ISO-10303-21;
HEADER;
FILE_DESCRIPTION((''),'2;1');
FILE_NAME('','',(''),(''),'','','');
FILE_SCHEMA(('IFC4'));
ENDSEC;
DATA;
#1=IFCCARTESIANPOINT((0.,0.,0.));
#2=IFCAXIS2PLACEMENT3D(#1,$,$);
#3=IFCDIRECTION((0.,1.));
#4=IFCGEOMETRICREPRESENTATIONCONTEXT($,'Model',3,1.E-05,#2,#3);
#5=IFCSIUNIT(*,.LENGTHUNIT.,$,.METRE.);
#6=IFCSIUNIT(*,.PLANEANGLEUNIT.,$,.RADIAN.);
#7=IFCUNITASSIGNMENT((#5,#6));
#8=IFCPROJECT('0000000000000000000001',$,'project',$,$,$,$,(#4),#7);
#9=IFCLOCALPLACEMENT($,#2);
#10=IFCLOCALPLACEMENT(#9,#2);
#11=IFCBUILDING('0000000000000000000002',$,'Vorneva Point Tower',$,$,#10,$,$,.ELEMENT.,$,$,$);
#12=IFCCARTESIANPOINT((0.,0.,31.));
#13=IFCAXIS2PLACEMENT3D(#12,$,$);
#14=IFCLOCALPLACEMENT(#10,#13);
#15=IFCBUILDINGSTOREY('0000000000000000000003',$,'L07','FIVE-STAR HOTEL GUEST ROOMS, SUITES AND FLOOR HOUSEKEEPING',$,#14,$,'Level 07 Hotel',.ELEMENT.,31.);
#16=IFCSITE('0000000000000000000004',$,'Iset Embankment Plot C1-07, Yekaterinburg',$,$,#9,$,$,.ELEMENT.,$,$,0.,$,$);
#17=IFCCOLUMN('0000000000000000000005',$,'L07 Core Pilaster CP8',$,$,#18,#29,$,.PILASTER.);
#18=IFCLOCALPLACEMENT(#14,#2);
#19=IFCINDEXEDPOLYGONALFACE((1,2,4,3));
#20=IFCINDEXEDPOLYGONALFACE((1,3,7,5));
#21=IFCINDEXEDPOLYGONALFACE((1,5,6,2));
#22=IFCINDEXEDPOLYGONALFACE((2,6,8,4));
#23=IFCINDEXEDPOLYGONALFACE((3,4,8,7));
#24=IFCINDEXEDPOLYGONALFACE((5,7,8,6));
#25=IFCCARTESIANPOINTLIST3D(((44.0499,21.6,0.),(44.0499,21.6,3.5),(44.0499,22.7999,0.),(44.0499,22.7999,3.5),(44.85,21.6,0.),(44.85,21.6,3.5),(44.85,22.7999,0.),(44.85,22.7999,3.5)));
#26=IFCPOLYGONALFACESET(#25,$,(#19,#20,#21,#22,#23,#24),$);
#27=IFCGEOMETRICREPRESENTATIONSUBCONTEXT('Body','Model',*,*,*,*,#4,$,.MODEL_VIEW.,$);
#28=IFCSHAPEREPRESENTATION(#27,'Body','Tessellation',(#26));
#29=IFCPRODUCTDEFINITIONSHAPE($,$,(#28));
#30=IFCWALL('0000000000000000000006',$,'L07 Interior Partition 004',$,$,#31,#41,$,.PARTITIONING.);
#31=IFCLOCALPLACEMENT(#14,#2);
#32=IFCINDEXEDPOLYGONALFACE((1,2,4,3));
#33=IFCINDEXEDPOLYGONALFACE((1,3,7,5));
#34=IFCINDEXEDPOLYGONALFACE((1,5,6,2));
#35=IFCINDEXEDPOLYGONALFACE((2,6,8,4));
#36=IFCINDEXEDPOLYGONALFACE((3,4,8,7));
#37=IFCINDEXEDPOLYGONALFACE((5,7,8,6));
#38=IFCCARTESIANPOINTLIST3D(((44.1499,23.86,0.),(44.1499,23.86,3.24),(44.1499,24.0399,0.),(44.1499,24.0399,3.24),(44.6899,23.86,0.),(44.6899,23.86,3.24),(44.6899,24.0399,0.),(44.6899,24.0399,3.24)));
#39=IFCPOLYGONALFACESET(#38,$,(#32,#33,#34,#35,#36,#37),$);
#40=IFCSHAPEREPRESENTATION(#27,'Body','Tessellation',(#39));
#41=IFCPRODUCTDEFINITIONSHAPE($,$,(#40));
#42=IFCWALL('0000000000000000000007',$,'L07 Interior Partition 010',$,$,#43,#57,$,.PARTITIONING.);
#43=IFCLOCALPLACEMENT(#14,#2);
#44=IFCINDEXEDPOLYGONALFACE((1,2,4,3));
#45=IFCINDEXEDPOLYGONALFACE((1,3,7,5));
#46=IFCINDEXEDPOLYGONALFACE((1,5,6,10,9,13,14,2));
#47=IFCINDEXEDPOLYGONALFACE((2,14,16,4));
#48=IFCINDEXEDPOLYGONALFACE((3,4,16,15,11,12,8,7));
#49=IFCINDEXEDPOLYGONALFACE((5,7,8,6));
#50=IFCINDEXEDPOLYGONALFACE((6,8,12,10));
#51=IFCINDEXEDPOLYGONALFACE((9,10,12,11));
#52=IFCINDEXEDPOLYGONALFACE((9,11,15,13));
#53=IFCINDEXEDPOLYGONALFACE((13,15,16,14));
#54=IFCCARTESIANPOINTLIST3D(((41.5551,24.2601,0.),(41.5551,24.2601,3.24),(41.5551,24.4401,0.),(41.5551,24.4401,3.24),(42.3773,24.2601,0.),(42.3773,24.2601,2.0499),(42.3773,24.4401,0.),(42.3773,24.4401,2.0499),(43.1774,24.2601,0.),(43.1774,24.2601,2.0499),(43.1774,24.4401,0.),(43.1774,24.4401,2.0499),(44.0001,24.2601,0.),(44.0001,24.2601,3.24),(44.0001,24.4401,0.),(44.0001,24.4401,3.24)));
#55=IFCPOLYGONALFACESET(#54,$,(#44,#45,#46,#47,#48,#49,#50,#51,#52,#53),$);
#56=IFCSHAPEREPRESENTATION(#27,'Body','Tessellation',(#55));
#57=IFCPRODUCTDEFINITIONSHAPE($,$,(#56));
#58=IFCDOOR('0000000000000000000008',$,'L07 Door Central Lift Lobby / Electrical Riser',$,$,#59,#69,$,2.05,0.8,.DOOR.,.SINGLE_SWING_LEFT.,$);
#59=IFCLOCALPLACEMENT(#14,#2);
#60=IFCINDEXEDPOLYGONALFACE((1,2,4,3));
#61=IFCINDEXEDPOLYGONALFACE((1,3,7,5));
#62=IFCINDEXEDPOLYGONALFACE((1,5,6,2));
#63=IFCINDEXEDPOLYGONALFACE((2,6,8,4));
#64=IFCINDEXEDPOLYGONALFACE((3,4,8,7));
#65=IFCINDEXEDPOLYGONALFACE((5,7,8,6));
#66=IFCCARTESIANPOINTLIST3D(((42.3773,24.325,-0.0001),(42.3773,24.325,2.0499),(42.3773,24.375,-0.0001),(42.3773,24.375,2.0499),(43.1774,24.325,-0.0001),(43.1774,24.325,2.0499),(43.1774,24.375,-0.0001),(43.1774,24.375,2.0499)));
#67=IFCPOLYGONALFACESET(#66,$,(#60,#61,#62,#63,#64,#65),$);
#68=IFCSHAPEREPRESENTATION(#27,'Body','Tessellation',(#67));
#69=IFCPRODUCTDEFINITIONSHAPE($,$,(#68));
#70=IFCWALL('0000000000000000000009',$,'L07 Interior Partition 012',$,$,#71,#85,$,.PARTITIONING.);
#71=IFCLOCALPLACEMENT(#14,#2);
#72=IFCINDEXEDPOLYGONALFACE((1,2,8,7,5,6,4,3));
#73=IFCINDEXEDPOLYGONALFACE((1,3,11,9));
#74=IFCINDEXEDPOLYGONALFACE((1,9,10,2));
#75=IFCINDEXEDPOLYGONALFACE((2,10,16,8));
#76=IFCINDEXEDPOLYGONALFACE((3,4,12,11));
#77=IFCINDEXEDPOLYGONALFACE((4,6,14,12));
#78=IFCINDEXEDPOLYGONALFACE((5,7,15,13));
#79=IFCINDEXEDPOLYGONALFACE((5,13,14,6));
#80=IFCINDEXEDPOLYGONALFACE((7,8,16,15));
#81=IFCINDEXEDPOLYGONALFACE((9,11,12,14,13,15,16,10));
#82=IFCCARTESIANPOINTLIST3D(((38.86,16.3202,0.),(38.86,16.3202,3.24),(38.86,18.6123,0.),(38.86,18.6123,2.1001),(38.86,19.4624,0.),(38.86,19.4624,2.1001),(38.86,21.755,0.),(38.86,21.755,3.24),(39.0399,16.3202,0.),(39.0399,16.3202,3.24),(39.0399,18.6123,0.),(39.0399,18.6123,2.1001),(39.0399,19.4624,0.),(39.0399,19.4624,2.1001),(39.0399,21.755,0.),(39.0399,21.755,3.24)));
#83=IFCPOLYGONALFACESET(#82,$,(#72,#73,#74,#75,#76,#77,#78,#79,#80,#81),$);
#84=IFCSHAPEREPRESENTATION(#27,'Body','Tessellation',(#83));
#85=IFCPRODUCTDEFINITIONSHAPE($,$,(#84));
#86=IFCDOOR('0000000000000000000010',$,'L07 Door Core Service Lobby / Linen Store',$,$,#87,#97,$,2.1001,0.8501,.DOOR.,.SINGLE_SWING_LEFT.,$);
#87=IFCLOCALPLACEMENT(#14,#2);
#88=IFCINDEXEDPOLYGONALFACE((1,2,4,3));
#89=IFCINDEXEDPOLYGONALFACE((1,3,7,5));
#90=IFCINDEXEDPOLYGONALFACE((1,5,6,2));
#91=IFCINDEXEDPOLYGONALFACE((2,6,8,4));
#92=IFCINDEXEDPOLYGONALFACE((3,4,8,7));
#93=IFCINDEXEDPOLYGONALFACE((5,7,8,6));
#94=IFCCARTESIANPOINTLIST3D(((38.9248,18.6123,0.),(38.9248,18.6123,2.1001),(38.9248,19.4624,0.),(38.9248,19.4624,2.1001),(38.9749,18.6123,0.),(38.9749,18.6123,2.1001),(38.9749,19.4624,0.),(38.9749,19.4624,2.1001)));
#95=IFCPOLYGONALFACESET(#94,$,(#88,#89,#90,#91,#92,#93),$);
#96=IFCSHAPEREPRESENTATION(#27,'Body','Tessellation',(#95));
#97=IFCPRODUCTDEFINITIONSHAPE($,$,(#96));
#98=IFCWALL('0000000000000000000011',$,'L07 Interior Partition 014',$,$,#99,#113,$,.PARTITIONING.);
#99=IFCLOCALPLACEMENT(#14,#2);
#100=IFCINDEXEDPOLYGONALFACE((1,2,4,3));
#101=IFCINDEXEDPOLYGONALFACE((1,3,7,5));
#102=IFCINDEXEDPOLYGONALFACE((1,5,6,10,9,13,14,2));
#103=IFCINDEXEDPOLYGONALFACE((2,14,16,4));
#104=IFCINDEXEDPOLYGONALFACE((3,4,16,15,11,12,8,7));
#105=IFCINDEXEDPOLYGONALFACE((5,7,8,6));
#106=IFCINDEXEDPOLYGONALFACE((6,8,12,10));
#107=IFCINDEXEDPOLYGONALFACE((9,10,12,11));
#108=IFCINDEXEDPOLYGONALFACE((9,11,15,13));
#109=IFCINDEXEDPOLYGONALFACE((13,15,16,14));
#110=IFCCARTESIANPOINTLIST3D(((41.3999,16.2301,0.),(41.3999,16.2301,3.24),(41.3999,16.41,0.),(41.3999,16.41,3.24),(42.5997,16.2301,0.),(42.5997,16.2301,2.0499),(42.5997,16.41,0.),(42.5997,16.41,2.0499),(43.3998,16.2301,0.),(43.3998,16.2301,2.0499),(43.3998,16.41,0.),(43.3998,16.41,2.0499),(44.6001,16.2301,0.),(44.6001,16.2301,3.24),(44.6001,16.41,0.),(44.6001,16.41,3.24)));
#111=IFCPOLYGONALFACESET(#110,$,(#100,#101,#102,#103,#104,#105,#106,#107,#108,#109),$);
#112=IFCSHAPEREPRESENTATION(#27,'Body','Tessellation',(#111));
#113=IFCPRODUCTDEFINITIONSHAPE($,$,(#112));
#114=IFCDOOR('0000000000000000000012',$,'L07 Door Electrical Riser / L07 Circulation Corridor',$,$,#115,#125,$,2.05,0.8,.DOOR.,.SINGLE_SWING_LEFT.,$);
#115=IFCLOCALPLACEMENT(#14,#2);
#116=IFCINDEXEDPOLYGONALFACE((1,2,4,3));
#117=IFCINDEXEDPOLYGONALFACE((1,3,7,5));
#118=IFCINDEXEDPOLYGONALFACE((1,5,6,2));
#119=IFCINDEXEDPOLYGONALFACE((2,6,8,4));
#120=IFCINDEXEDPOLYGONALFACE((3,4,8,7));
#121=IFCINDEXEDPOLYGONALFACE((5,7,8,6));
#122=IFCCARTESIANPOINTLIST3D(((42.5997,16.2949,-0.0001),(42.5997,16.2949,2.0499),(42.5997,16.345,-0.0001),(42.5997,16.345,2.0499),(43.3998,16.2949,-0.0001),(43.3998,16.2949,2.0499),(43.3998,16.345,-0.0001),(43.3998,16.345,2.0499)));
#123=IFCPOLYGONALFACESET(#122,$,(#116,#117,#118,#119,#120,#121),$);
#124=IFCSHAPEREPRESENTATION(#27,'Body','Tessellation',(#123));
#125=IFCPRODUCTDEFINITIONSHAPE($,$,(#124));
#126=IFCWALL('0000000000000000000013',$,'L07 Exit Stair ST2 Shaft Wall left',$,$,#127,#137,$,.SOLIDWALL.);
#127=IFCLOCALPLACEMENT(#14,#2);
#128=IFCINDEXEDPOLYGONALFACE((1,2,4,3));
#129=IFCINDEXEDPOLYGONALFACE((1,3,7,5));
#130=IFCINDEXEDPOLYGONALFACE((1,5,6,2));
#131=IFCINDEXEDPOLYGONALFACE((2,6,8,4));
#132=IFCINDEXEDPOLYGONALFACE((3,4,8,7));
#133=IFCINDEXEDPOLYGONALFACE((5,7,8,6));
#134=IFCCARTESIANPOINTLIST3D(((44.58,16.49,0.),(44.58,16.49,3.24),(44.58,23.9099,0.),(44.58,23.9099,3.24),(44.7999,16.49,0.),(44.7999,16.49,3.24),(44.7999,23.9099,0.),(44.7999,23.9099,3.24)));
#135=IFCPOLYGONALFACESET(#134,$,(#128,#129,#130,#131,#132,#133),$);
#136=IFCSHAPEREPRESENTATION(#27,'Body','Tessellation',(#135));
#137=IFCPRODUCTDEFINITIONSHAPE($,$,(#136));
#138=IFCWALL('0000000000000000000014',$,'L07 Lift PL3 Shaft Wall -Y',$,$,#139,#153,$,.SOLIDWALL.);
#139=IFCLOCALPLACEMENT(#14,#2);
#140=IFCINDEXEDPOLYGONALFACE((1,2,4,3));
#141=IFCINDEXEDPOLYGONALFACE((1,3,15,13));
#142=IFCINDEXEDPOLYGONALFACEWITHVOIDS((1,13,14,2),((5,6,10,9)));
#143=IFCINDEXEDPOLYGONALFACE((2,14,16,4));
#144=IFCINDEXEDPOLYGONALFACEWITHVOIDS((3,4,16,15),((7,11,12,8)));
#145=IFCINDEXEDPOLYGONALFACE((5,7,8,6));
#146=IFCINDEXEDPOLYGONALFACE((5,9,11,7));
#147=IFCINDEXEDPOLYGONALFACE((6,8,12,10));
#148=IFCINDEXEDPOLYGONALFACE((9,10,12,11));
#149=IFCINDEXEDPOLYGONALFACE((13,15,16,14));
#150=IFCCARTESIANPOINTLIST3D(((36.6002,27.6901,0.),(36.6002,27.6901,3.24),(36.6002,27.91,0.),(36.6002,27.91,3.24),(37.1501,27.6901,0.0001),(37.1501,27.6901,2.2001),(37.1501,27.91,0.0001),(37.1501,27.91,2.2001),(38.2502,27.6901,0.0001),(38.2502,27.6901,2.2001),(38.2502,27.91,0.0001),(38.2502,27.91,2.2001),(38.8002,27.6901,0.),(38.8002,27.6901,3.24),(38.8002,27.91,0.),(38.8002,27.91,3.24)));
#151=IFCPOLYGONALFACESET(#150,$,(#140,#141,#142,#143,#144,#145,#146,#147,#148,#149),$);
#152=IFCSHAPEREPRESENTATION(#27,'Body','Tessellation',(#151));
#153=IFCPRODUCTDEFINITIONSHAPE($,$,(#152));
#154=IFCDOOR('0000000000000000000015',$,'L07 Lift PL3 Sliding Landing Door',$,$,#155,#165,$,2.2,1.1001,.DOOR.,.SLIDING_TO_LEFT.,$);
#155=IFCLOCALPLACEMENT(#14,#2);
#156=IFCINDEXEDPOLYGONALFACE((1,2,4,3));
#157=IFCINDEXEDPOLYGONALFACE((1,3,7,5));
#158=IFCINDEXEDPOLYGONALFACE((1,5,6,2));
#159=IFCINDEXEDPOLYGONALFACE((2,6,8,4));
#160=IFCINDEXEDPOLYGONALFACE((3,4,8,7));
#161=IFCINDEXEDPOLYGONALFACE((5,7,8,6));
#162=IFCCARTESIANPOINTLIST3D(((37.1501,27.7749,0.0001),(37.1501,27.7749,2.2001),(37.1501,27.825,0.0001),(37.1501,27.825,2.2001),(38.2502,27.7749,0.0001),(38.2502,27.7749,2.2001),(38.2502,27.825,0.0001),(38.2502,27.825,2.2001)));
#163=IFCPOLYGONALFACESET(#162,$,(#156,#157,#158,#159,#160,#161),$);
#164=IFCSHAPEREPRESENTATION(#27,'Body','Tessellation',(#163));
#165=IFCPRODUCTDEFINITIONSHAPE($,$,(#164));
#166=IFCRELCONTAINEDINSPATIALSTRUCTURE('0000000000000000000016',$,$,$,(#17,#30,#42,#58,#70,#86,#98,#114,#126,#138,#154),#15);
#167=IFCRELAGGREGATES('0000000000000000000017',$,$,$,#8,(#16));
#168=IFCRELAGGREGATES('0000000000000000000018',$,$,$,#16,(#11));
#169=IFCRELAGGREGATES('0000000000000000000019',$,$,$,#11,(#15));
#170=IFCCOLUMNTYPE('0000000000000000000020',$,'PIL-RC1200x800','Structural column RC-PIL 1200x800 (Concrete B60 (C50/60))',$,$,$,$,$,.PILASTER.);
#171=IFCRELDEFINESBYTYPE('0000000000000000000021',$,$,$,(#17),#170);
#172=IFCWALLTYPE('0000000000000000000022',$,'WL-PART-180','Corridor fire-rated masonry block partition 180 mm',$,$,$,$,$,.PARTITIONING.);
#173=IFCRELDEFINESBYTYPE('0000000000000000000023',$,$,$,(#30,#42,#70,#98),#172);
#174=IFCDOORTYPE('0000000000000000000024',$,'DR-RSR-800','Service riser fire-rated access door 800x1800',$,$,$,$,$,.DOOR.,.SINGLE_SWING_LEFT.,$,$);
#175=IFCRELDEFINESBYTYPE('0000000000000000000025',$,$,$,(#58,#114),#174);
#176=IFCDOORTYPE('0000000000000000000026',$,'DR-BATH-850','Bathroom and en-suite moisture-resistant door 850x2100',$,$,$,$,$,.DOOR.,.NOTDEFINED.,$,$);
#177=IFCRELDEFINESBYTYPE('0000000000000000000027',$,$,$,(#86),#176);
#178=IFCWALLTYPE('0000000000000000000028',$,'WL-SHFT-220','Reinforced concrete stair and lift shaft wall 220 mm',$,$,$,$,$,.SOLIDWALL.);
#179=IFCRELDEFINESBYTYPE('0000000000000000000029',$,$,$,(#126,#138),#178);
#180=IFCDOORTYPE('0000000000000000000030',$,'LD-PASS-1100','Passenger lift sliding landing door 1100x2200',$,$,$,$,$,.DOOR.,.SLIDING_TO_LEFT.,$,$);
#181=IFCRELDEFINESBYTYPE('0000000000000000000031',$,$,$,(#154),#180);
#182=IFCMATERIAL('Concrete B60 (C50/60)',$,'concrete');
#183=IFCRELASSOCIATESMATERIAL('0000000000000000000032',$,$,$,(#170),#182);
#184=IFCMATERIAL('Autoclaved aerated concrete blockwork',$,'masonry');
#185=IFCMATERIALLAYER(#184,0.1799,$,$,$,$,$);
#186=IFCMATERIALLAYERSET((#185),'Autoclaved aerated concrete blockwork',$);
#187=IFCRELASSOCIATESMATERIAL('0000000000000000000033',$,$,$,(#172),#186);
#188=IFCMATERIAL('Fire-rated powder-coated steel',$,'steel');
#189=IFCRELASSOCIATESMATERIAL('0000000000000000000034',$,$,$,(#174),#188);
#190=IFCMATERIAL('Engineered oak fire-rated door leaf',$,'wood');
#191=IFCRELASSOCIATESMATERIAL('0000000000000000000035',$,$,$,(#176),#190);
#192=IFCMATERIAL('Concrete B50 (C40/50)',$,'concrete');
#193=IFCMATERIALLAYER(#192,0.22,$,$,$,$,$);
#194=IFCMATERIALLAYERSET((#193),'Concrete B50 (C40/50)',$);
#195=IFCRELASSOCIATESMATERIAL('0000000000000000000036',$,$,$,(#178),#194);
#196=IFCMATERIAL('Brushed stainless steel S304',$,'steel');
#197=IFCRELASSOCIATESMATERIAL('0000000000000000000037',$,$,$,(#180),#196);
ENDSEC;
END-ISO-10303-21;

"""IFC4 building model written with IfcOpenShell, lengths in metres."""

from ifc_helpers import new_model, si_unit, direction, frame, frame_2d, origin, origin_2d, place, context, subcontext, project, spatial, rectangle, extrude, material, layer, layer_set, material_profile, profile_set, type_object, element, fill, save


model = new_model("IFC4")

# Units and contexts
model_context = context("Model", 3, precision=1e-05, world=origin(), true_north=direction((0.0, 1.0)))
body_context = subcontext(model_context, "Body", "Model", "MODEL_VIEW")
ifc_project = project(units=[si_unit("LENGTHUNIT", "METRE"), si_unit("PLANEANGLEUNIT", "RADIAN")], contexts=[model_context])

# Site, building, storey
site_placement = place(None, origin())
site = spatial("IfcSite", under=ifc_project, at=site_placement, Name="Iset Embankment Plot C1-07, Yekaterinburg", CompositionType="ELEMENT", RefElevation=0.0)
building_placement = place(site_placement, origin())
building = spatial("IfcBuilding", under=site, at=building_placement, Name="Vorneva Point Tower", CompositionType="ELEMENT")
storey_placement = place(building_placement, frame((0.0, 0.0, 31.0)))
storey = spatial("IfcBuildingStorey", under=building, at=storey_placement, Name="L07", Description="FIVE-STAR HOTEL GUEST ROOMS, SUITES AND FLOOR HOUSEKEEPING", LongName="Level 07 Hotel", CompositionType="ELEMENT", Elevation=31.0)

# Column
ifc_material_1 = material(Name="Concrete B60 (C50/60)", Category="concrete")
ifc_material_profile = material_profile(ifc_material_1, rectangle(XDim=0.8, YDim=1.2, at=origin_2d()), Name="RC-PIL 1200x800")
ifc_profile_set = profile_set([ifc_material_profile], Name="Concrete B60 (C50/60)")
column_type = type_object("IfcColumnType", Name="PIL-RC1200x800", Description="Structural column RC-PIL 1200x800 (Concrete B60 (C50/60))", PredefinedType="PILASTER", material=ifc_profile_set)
column_placement = place(storey_placement, frame((44.45, 22.2, 0.0), z_axis=(0.0, 0.0, 1.0), x_axis=(1.0, 0.0, 0.0)))
element("IfcColumn", 1, at=column_placement, inside=storey, type_object=column_type, Name="L07 Core Pilaster CP8", PredefinedType="PILASTER", context=body_context, shape_type="SweptSolid", body=[
    extrude(rectangle(XDim=0.8, YDim=1.2, at=origin_2d()), origin(), (0.0, 0.0, 1.0), 3.5),
])

# Wall
ifc_material_2 = material(Name="Autoclaved aerated concrete blockwork", Category="masonry")
ifc_layer_1 = layer(ifc_material_2, 0.1799)
ifc_layer_set_1 = layer_set([ifc_layer_1], Name="Autoclaved aerated concrete blockwork")
wall_type_1 = type_object("IfcWallType", Name="WL-PART-180", Description="Corridor fire-rated masonry block partition 180 mm", PredefinedType="PARTITIONING", material=ifc_layer_set_1)
wall_1_placement = place(storey_placement, frame((44.1499, 23.95, 0.0), z_axis=(0.0, 0.0, 1.0), x_axis=(1.0, 0.0, 0.0)))
element("IfcWall", 2, at=wall_1_placement, inside=storey, type_object=wall_type_1, Name="L07 Interior Partition 004", PredefinedType="PARTITIONING", context=body_context, shape_type="SweptSolid", body=[
    extrude(rectangle(XDim=0.54, YDim=0.1799, at=frame_2d((0.27, 0.0))), origin(), (0.0, 0.0, 1.0), 3.24),
])

# Walls, openings, doors
ifc_material_3 = material(Name="Fire-rated powder-coated steel", Category="steel")
wall_2_placement = place(storey_placement, frame((41.5549, 24.3501, 0.0), z_axis=(0.0, 0.0, 1.0), x_axis=(1.0, 0.0, 0.0)))
wall_2 = element("IfcWall", 3, at=wall_2_placement, inside=storey, type_object=wall_type_1, Name="L07 Interior Partition 010", PredefinedType="PARTITIONING", context=body_context, shape_type="SweptSolid", body=[
    extrude(rectangle(XDim=2.4451, YDim=0.1799, at=frame_2d((1.2227, 0.0))), origin(), (0.0, 0.0, 1.0), 3.24),
])
opening_1_placement = place(wall_2_placement, frame((0.8225, 0.0, 0.0)))
opening_1 = element("IfcOpeningElement", 4, at=opening_1_placement, cuts=wall_2, PredefinedType="OPENING", context=body_context, shape_type="SweptSolid", body=[
    extrude(rectangle(XDim=0.8, YDim=2.05, at=frame_2d((0.3999, 1.0249))), frame((0.0, 0.105, 0.0), z_axis=(0.0, -1.0, 0.0), x_axis=(1.0, 0.0, 0.0)), (0.0, 0.0, 1.0), 0.2097),
])
door_type_1 = type_object("IfcDoorType", Name="DR-RSR-800", Description="Service riser fire-rated access door 800x1800", OperationType="SINGLE_SWING_LEFT", PredefinedType="DOOR", material=ifc_material_3)
door_1_placement = place(opening_1_placement, origin())
door_1 = element("IfcDoor", 5, at=door_1_placement, inside=storey, type_object=door_type_1, Name="L07 Door Central Lift Lobby / Electrical Riser", OperationType="SINGLE_SWING_LEFT", OverallHeight=2.05, OverallWidth=0.8, PredefinedType="DOOR", context=body_context, shape_type="SweptSolid", body=[
    extrude(rectangle(XDim=0.8, YDim=2.05, at=frame_2d((0.3999, 1.0249))), frame((0.0, 0.0249, 0.0), z_axis=(0.0, -1.0, 0.0), x_axis=(1.0, 0.0, 0.0)), (0.0, 0.0, 1.0), 0.05),
])
fill(opening_1, door_1)
wall_3_placement = place(storey_placement, frame((38.95, 21.7549, 0.0), z_axis=(0.0, 0.0, 1.0), x_axis=(0.0, -1.0, 0.0)))
wall_3 = element("IfcWall", 6, at=wall_3_placement, inside=storey, type_object=wall_type_1, Name="L07 Interior Partition 012", PredefinedType="PARTITIONING", context=body_context, shape_type="SweptSolid", body=[
    extrude(rectangle(XDim=5.4348, YDim=0.1799, at=frame_2d((2.7173, 0.0))), origin(), (0.0, 0.0, 1.0), 3.24),
])
opening_2_placement = place(wall_3_placement, frame((2.2925, 0.0, 0.0)))
opening_2 = element("IfcOpeningElement", 7, at=opening_2_placement, cuts=wall_3, PredefinedType="OPENING", context=body_context, shape_type="SweptSolid", body=[
    extrude(rectangle(XDim=0.8501, YDim=2.1001, at=frame_2d((0.425, 1.05))), frame((0.0, 0.105, 0.0), z_axis=(0.0, -1.0, 0.0), x_axis=(1.0, 0.0, 0.0)), (0.0, 0.0, 1.0), 0.2097),
])
ifc_material_4 = material(Name="Engineered oak fire-rated door leaf", Category="wood")
door_type_2 = type_object("IfcDoorType", Name="DR-BATH-850", Description="Bathroom and en-suite moisture-resistant door 850x2100", OperationType="NOTDEFINED", PredefinedType="DOOR", material=ifc_material_4)
door_2_placement = place(opening_2_placement, origin())
door_2 = element("IfcDoor", 8, at=door_2_placement, inside=storey, type_object=door_type_2, Name="L07 Door Core Service Lobby / Linen Store", OperationType="SINGLE_SWING_LEFT", OverallHeight=2.1001, OverallWidth=0.8501, PredefinedType="DOOR", context=body_context, shape_type="SweptSolid", body=[
    extrude(rectangle(XDim=0.8501, YDim=2.1001, at=frame_2d((0.425, 1.05))), frame((0.0, 0.0249, 0.0), z_axis=(0.0, -1.0, 0.0), x_axis=(1.0, 0.0, 0.0)), (0.0, 0.0, 1.0), 0.05),
])
fill(opening_2, door_2)
wall_4_placement = place(storey_placement, frame((41.3999, 16.3201, 0.0), z_axis=(0.0, 0.0, 1.0), x_axis=(1.0, 0.0, 0.0)))
wall_4 = element("IfcWall", 9, at=wall_4_placement, inside=storey, type_object=wall_type_1, Name="L07 Interior Partition 014", PredefinedType="PARTITIONING", context=body_context, shape_type="SweptSolid", body=[
    extrude(rectangle(XDim=3.2002, YDim=0.1799, at=frame_2d((1.6001, 0.0))), origin(), (0.0, 0.0, 1.0), 3.24),
])
opening_3_placement = place(wall_4_placement, frame((1.2, 0.0, 0.0)))
opening_3 = element("IfcOpeningElement", 10, at=opening_3_placement, cuts=wall_4, PredefinedType="OPENING", context=body_context, shape_type="SweptSolid", body=[
    extrude(rectangle(XDim=0.8, YDim=2.05, at=frame_2d((0.3999, 1.0249))), frame((0.0, 0.105, 0.0), z_axis=(0.0, -1.0, 0.0), x_axis=(1.0, 0.0, 0.0)), (0.0, 0.0, 1.0), 0.2097),
])
door_3_placement = place(opening_3_placement, origin())
door_3 = element("IfcDoor", 11, at=door_3_placement, inside=storey, type_object=door_type_1, Name="L07 Door Electrical Riser / L07 Circulation Corridor", OperationType="SINGLE_SWING_LEFT", OverallHeight=2.05, OverallWidth=0.8, PredefinedType="DOOR", context=body_context, shape_type="SweptSolid", body=[
    extrude(rectangle(XDim=0.8, YDim=2.05, at=frame_2d((0.3999, 1.0249))), frame((0.0, 0.0249, 0.0), z_axis=(0.0, -1.0, 0.0), x_axis=(1.0, 0.0, 0.0)), (0.0, 0.0, 1.0), 0.05),
])
fill(opening_3, door_3)
ifc_material_5 = material(Name="Concrete B50 (C40/50)", Category="concrete")
ifc_layer_2 = layer(ifc_material_5, 0.22)
ifc_layer_set_2 = layer_set([ifc_layer_2], Name="Concrete B50 (C40/50)")
wall_type_2 = type_object("IfcWallType", Name="WL-SHFT-220", Description="Reinforced concrete stair and lift shaft wall 220 mm", PredefinedType="SOLIDWALL", material=ifc_layer_set_2)

# Wall
wall_5_placement = place(storey_placement, frame((44.6899, 16.49, 0.0), z_axis=(0.0, 0.0, 1.0), x_axis=(0.0, 1.0, 0.0)))
element("IfcWall", 12, at=wall_5_placement, inside=storey, type_object=wall_type_2, Name="L07 Exit Stair ST2 Shaft Wall left", PredefinedType="SOLIDWALL", context=body_context, shape_type="SweptSolid", body=[
    extrude(rectangle(XDim=7.4199, YDim=0.22, at=frame_2d((3.71, 0.0))), origin(), (0.0, 0.0, 1.0), 3.24),
])

# Wall, opening, door
wall_6_placement = place(storey_placement, frame((36.6001, 27.8, 0.0), z_axis=(0.0, 0.0, 1.0), x_axis=(1.0, 0.0, 0.0)))
wall_6 = element("IfcWall", 13, at=wall_6_placement, inside=storey, type_object=wall_type_2, Name="L07 Lift PL3 Shaft Wall -Y", PredefinedType="SOLIDWALL", context=body_context, shape_type="SweptSolid", body=[
    extrude(rectangle(XDim=2.2, YDim=0.22, at=frame_2d((1.1001, 0.0))), origin(), (0.0, 0.0, 1.0), 3.24),
])
opening_4_placement = place(wall_6_placement, frame((0.55, 0.0, 0.0)))
opening_4 = element("IfcOpeningElement", 14, at=opening_4_placement, cuts=wall_6, PredefinedType="OPENING", context=body_context, shape_type="SweptSolid", body=[
    extrude(rectangle(XDim=1.1001, YDim=2.2, at=frame_2d((0.55, 1.1001))), frame((0.0, 0.125, 0.0), z_axis=(0.0, -1.0, 0.0), x_axis=(1.0, 0.0, 0.0)), (0.0, 0.0, 1.0), 0.2498),
])
ifc_material_6 = material(Name="Brushed stainless steel S304", Category="steel")
door_type_3 = type_object("IfcDoorType", Name="LD-PASS-1100", Description="Passenger lift sliding landing door 1100x2200", OperationType="SLIDING_TO_LEFT", PredefinedType="DOOR", material=ifc_material_6)
door_4_placement = place(opening_4_placement, origin())
door_4 = element("IfcDoor", 15, at=door_4_placement, inside=storey, type_object=door_type_3, Name="L07 Lift PL3 Sliding Landing Door", OperationType="SLIDING_TO_LEFT", OverallHeight=2.2, OverallWidth=1.1001, PredefinedType="DOOR", context=body_context, shape_type="SweptSolid", body=[
    extrude(rectangle(XDim=1.1001, YDim=2.2, at=frame_2d((0.55, 1.1001))), frame((0.0, 0.0249, 0.0), z_axis=(0.0, -1.0, 0.0), x_axis=(1.0, 0.0, 0.0)), (0.0, 0.0, 1.0), 0.05),
])
fill(opening_4, door_4)

save(model, "model.ifc")
